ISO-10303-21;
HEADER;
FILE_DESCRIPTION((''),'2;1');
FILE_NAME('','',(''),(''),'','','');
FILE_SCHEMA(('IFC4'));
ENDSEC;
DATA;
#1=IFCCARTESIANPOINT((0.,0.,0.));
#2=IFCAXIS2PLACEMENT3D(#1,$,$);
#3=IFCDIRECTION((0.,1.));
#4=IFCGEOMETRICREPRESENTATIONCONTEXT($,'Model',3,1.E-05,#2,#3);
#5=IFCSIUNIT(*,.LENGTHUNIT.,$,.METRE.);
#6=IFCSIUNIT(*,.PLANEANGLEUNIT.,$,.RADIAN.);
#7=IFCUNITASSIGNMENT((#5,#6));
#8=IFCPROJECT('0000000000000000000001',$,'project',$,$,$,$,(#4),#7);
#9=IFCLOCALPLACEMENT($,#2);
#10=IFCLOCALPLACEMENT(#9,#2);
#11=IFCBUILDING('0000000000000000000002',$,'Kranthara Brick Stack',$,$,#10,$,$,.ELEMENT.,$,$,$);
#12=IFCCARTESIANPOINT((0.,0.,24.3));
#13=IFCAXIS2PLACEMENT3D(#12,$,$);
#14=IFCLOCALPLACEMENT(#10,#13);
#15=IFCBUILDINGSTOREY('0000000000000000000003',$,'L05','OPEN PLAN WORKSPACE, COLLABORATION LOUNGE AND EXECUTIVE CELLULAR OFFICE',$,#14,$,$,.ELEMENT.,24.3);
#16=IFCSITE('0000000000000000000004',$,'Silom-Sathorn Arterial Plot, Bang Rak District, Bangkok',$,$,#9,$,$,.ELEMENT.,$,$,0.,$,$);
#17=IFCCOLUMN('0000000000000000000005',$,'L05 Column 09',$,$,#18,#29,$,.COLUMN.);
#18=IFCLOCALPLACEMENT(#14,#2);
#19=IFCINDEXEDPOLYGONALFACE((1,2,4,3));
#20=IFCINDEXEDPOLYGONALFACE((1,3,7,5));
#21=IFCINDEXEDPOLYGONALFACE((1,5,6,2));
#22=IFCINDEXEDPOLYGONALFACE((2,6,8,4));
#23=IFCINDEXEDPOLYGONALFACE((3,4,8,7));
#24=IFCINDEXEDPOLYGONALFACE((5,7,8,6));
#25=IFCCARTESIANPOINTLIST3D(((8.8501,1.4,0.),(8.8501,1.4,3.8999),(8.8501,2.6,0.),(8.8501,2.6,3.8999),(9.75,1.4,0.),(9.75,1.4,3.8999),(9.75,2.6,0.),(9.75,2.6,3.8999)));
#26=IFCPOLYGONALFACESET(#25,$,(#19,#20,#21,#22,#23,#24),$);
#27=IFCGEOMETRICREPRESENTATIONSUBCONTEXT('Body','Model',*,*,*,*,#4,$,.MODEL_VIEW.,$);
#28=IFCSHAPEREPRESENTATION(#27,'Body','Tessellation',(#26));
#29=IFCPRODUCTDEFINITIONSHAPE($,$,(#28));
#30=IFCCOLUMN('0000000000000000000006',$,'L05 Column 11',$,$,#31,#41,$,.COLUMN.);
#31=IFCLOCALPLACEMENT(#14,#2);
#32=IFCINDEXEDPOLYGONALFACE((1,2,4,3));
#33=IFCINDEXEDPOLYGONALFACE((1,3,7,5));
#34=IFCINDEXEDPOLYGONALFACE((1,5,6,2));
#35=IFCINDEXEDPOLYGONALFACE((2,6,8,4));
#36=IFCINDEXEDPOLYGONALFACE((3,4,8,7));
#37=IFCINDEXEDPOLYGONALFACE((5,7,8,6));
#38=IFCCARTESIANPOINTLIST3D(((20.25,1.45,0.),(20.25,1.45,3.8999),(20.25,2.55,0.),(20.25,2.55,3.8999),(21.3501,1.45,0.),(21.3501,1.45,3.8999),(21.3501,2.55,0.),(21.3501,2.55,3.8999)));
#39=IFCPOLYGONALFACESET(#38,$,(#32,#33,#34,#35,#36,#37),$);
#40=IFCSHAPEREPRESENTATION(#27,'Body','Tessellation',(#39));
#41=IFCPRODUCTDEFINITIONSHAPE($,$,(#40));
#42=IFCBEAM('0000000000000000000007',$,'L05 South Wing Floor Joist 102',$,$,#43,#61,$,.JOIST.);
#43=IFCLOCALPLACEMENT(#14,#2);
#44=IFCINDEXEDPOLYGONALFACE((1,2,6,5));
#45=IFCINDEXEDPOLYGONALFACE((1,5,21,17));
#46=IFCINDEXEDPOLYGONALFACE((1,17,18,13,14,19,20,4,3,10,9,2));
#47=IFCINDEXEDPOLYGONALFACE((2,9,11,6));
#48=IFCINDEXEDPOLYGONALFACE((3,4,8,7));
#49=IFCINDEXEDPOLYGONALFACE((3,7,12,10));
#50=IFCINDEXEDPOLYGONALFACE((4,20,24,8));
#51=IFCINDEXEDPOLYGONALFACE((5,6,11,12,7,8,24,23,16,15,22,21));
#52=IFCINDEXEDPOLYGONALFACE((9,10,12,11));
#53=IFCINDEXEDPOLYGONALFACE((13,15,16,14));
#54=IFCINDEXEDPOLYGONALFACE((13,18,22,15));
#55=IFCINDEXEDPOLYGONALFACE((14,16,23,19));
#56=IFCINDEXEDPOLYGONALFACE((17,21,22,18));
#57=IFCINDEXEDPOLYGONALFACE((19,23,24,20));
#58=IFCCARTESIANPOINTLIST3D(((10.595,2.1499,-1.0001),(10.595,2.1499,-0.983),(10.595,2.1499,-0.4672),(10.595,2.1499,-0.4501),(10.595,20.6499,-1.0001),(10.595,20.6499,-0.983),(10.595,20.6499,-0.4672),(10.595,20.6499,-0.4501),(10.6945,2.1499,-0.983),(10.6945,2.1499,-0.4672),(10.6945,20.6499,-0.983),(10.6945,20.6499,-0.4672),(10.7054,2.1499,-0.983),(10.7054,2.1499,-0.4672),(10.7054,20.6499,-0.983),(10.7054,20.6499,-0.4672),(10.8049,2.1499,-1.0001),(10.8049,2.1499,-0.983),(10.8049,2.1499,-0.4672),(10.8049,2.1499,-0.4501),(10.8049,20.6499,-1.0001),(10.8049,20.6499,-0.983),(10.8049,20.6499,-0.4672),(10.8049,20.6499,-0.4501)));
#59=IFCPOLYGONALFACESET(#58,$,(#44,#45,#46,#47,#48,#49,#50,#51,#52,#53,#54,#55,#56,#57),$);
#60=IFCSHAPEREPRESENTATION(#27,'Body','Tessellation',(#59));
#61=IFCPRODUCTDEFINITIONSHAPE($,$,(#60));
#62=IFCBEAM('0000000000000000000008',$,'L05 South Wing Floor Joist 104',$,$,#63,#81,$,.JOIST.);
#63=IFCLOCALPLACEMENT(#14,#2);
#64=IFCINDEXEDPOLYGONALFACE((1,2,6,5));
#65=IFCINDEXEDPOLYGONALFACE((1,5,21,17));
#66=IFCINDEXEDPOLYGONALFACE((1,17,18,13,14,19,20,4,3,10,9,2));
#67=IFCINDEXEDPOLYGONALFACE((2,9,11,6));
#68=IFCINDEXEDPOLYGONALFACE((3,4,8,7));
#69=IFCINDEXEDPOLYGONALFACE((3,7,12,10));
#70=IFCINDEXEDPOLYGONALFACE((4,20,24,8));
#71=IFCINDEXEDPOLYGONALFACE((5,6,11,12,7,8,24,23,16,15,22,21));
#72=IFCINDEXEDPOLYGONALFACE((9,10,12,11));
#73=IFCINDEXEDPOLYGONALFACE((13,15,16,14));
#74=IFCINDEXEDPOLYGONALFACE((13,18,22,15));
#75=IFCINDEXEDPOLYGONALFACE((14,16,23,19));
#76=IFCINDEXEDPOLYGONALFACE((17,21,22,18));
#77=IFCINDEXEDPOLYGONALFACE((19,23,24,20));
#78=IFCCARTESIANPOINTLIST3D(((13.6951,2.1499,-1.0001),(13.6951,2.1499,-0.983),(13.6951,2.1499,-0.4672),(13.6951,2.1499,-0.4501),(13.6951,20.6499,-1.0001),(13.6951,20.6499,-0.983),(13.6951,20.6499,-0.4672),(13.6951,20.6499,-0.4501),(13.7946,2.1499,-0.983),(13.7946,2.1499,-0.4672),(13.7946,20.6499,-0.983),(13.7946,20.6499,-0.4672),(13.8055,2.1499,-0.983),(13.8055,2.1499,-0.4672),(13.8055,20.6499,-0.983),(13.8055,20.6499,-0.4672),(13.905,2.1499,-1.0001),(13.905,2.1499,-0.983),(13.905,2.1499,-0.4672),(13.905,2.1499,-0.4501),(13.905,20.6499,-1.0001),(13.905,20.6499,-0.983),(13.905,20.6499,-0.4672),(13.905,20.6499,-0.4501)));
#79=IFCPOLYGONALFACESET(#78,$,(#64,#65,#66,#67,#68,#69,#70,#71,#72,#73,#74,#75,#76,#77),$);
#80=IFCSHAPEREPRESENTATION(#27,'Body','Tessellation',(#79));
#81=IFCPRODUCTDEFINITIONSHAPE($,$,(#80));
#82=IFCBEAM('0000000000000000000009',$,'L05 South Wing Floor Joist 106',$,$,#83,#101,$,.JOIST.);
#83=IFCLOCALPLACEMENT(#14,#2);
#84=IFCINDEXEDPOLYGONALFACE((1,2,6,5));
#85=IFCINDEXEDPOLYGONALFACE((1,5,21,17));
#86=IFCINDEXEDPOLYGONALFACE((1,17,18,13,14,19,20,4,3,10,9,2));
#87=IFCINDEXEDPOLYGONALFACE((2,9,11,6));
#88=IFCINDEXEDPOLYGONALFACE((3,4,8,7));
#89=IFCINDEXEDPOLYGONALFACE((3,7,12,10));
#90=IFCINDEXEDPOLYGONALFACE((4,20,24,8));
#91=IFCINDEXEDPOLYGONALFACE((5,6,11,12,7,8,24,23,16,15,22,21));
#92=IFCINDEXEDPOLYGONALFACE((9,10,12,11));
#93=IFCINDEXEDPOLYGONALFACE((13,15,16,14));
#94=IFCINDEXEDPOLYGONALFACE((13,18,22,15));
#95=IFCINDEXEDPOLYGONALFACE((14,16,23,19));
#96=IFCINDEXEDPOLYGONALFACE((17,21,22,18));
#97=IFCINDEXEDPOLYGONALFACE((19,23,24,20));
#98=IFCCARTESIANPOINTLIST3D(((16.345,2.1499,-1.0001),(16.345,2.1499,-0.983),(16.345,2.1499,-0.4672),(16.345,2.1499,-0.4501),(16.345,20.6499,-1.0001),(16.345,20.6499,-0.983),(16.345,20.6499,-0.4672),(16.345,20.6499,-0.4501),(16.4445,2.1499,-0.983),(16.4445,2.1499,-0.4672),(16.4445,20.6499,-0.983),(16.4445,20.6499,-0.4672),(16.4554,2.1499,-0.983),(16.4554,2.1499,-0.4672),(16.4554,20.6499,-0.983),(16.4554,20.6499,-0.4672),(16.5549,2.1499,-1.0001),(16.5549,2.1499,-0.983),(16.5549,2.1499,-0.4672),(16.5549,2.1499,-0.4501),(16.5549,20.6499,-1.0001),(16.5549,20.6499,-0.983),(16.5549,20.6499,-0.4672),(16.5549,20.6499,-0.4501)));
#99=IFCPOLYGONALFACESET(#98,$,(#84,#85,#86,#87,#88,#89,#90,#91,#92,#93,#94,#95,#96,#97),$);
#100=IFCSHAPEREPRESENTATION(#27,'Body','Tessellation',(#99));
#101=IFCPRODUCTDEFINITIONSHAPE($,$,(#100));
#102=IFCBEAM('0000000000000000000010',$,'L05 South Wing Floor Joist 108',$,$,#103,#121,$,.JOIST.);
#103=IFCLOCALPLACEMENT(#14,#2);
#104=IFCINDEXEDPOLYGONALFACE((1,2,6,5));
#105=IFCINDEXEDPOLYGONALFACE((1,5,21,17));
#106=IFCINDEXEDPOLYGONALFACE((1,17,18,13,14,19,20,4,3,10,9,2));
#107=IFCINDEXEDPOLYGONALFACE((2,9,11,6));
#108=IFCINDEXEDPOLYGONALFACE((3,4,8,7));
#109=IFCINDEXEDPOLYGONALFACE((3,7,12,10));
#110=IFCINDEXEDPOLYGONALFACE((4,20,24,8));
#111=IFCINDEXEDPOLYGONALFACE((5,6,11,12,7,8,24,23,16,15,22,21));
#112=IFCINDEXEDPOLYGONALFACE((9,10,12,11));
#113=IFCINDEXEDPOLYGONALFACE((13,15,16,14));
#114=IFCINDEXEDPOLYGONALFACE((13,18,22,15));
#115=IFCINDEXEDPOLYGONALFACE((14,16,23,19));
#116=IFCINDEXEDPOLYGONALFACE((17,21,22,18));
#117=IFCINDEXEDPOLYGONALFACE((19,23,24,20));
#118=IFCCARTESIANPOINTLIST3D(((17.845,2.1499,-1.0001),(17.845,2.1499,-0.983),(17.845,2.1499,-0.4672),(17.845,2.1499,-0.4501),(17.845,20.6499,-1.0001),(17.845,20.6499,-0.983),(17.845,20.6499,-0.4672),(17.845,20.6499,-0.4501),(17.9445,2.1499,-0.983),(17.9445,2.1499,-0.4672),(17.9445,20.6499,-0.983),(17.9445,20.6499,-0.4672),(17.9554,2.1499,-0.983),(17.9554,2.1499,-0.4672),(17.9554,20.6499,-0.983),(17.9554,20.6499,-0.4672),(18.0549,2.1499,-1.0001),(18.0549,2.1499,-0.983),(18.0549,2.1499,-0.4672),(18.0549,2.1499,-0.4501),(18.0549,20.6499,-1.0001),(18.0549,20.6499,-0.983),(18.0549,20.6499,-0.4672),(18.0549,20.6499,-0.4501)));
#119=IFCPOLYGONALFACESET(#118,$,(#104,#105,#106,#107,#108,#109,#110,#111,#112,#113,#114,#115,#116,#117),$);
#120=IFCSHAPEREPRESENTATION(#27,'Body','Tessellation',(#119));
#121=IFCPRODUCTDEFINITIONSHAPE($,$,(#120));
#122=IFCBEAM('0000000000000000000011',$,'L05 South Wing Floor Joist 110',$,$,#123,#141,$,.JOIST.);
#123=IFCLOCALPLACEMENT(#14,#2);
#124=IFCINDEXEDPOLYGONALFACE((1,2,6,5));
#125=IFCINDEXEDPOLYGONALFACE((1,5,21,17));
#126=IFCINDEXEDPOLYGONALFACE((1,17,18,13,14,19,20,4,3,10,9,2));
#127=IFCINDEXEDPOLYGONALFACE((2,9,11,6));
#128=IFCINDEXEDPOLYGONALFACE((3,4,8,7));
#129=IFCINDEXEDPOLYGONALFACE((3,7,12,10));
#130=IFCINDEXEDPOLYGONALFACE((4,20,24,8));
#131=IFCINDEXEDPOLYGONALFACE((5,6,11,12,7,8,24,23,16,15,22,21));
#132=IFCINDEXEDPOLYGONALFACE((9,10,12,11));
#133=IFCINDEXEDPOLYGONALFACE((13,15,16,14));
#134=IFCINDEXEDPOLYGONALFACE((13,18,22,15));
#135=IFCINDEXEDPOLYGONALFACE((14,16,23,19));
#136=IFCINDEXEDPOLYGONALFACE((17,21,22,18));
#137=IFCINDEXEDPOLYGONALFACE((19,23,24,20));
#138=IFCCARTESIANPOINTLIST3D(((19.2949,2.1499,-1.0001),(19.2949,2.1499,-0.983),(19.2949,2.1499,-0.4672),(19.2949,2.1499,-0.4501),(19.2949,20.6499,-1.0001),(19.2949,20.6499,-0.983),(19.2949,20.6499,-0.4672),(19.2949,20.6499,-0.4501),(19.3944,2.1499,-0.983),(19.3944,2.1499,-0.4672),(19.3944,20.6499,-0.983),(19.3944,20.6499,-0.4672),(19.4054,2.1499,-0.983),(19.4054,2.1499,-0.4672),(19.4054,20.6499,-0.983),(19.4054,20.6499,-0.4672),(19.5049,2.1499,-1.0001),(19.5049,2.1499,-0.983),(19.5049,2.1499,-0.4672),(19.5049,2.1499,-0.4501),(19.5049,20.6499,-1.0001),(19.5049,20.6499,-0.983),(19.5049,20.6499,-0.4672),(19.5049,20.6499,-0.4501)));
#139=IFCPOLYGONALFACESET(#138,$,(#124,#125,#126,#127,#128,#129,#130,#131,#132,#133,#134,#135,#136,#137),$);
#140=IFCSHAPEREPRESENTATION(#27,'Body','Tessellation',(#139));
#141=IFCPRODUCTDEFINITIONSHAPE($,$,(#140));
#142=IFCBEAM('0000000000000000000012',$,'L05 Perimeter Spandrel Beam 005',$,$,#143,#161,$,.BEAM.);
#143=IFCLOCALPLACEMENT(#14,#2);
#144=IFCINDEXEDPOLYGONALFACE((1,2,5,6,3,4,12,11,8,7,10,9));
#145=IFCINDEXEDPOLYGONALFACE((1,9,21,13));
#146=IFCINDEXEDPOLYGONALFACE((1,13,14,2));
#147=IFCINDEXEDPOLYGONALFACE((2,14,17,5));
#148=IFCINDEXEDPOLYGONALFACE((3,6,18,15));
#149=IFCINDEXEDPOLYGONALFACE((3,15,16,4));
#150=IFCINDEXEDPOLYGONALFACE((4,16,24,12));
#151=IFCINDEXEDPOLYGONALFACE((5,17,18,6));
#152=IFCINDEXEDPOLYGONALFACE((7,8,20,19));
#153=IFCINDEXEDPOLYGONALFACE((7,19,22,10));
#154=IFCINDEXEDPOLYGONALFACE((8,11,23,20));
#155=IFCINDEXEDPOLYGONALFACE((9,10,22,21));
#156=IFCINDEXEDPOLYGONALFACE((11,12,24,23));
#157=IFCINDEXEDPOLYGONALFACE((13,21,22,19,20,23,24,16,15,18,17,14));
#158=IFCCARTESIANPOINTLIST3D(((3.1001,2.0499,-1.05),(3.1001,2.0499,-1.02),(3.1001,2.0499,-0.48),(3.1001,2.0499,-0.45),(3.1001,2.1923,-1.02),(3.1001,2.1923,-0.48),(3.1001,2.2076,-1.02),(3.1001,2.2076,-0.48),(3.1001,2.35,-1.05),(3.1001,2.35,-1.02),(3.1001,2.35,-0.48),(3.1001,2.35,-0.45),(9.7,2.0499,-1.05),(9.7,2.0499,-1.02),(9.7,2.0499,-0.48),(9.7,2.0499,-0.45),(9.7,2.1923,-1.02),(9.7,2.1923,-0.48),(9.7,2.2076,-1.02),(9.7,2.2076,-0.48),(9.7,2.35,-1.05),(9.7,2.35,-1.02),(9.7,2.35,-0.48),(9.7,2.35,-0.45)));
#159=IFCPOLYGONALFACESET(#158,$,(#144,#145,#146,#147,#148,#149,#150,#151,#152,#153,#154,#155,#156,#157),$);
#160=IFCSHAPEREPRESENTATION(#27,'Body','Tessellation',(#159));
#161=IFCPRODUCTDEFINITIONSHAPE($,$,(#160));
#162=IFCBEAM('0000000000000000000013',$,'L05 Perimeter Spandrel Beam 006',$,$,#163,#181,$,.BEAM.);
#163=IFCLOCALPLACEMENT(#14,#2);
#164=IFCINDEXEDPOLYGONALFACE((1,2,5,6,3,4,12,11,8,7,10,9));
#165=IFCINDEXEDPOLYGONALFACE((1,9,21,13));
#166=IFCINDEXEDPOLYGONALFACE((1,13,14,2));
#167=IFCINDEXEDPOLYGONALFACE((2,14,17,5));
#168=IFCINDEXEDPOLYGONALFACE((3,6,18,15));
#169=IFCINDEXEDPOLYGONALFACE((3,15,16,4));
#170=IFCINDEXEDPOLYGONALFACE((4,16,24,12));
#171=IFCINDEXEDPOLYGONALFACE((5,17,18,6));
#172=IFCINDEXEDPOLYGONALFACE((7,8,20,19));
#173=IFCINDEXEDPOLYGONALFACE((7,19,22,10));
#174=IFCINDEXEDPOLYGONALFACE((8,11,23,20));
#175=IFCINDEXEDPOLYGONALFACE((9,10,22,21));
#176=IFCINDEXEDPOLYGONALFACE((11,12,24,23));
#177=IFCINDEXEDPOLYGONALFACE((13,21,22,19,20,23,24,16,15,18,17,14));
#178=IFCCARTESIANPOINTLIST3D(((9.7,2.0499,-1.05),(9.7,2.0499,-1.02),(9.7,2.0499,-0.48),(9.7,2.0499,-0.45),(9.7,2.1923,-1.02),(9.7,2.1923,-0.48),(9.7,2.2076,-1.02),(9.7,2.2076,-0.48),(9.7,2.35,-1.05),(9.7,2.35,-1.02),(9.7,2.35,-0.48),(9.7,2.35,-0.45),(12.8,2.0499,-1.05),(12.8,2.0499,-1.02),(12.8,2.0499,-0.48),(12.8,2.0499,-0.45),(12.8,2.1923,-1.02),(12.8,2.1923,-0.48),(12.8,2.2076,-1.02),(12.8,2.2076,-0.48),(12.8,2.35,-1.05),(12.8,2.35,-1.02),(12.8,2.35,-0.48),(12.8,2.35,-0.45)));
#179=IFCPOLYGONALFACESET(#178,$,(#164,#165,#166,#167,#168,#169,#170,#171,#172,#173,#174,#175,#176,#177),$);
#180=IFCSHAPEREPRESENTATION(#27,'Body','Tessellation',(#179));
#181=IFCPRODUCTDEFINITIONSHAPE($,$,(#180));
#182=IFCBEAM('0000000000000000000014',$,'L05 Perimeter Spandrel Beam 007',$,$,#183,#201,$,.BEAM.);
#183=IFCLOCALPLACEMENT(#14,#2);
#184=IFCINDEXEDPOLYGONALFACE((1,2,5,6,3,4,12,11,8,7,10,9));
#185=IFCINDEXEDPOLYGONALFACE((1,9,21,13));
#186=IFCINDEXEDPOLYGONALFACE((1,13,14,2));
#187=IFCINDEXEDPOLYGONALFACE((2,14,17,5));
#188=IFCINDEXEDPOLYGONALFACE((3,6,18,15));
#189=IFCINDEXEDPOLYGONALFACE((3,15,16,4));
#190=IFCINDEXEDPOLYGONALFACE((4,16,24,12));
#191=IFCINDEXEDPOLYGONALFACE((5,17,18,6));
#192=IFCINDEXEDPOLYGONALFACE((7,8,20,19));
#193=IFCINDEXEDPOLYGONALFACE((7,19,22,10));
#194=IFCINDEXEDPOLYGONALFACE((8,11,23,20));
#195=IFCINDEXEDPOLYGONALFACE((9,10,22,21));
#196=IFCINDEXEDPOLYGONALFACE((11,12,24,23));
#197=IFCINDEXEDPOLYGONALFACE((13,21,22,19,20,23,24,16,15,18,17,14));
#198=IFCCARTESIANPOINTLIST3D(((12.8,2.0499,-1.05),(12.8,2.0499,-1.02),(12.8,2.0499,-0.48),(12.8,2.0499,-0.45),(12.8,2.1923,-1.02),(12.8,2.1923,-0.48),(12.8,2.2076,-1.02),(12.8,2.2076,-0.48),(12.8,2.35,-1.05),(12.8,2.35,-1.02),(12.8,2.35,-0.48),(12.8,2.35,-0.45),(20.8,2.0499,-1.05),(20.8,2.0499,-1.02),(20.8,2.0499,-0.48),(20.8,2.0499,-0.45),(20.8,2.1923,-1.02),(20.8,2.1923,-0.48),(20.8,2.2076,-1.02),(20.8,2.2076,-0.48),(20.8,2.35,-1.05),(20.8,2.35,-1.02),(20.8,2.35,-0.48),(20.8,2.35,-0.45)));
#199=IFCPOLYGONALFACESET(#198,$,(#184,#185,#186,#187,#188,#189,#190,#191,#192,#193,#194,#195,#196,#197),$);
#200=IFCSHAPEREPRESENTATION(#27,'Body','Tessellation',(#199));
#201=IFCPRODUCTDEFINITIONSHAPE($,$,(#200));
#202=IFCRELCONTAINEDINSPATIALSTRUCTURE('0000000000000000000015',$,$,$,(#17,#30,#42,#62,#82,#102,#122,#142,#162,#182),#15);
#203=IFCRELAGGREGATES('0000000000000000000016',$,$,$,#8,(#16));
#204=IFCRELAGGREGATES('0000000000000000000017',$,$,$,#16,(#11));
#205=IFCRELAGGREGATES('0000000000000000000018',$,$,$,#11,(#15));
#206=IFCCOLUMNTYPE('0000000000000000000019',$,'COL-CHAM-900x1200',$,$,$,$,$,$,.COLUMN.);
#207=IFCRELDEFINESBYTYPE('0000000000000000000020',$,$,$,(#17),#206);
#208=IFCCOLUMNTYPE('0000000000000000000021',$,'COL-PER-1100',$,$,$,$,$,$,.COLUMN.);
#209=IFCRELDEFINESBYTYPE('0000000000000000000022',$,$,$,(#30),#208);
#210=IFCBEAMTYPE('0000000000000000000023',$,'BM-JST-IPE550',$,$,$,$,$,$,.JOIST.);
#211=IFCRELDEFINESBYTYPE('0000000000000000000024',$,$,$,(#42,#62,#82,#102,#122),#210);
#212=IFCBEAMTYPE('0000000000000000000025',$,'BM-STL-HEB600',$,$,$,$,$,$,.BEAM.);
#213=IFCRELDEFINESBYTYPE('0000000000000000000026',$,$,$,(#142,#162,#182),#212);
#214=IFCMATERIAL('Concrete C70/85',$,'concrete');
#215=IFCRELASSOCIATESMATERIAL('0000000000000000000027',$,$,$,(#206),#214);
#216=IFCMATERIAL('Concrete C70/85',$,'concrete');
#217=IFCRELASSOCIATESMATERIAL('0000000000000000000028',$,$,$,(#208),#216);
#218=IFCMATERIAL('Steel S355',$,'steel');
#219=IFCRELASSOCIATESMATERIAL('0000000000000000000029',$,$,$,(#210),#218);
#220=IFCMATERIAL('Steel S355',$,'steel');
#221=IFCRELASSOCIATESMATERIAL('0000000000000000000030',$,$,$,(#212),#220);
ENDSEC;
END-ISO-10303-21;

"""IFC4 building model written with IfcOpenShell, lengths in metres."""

from ifc_helpers import new_model, si_unit, direction, frame, origin, origin_2d, place, context, subcontext, project, spatial, rectangle, i_section, extrude, material, material_profile, profile_set, type_object, element, save


model = new_model("IFC4")

# Units and contexts
model_context = context("Model", 3, precision=1e-05, world=origin(), true_north=direction((0.0, 1.0)))
body_context = subcontext(model_context, "Body", "Model", "MODEL_VIEW")
ifc_project = project(units=[si_unit("LENGTHUNIT", "METRE"), si_unit("PLANEANGLEUNIT", "RADIAN")], contexts=[model_context])

# Site, building, storey
site_placement = place(None, origin())
site = spatial("IfcSite", under=ifc_project, at=site_placement, Name="Silom-Sathorn Arterial Plot, Bang Rak District, Bangkok", CompositionType="ELEMENT", RefElevation=0.0)
building_placement = place(site_placement, origin())
building = spatial("IfcBuilding", under=site, at=building_placement, Name="Kranthara Brick Stack", CompositionType="ELEMENT")
storey_placement = place(building_placement, frame((0.0, 0.0, 24.3)))
storey = spatial("IfcBuildingStorey", under=building, at=storey_placement, Name="L05", Description="OPEN PLAN WORKSPACE, COLLABORATION LOUNGE AND EXECUTIVE CELLULAR OFFICE", CompositionType="ELEMENT", Elevation=24.3)

# Columns
ifc_material_1 = material(Name="Concrete C70/85", Category="concrete")
ifc_material_profile_1 = material_profile(ifc_material_1, rectangle(XDim=0.8999, YDim=1.2, at=origin_2d()), Name="RC 900x1200")
ifc_profile_set_1 = profile_set([ifc_material_profile_1], Name="Concrete C70/85")
column_type_1 = type_object("IfcColumnType", Name="COL-CHAM-900x1200", PredefinedType="COLUMN", material=ifc_profile_set_1)
column_1_placement = place(storey_placement, frame((9.3, 2.0, 0.0), z_axis=(0.0, 0.0, 1.0), x_axis=(1.0, 0.0, 0.0)))
element("IfcColumn", 1, at=column_1_placement, inside=storey, type_object=column_type_1, Name="L05 Column 09", PredefinedType="COLUMN", context=body_context, shape_type="SweptSolid", body=[
    extrude(rectangle(XDim=0.8999, YDim=1.2, at=origin_2d()), origin(), (0.0, 0.0, 1.0), 3.8999),
])
ifc_material_2 = material(Name="Concrete C70/85", Category="concrete")
ifc_material_profile_2 = material_profile(ifc_material_2, rectangle(XDim=1.1001, YDim=1.1001, at=origin_2d()), Name="RC 1100x1100")
ifc_profile_set_2 = profile_set([ifc_material_profile_2], Name="Concrete C70/85")
column_type_2 = type_object("IfcColumnType", Name="COL-PER-1100", PredefinedType="COLUMN", material=ifc_profile_set_2)
column_2_placement = place(storey_placement, frame((20.8, 2.0, 0.0), z_axis=(0.0, 0.0, 1.0), x_axis=(1.0, 0.0, 0.0)))
element("IfcColumn", 2, at=column_2_placement, inside=storey, type_object=column_type_2, Name="L05 Column 11", PredefinedType="COLUMN", context=body_context, shape_type="SweptSolid", body=[
    extrude(rectangle(XDim=1.1001, YDim=1.1001, at=origin_2d()), origin(), (0.0, 0.0, 1.0), 3.8999),
])

# Beams
ifc_material_3 = material(Name="Steel S355", Category="steel")
ifc_material_profile_3 = material_profile(ifc_material_3, i_section(OverallWidth=0.21, OverallDepth=0.55, WebThickness=0.011, FlangeThickness=0.0171, at=origin_2d()), Name="IPE 550")
ifc_profile_set_3 = profile_set([ifc_material_profile_3], Name="Steel S355")
beam_type_1 = type_object("IfcBeamType", Name="BM-JST-IPE550", PredefinedType="JOIST", material=ifc_profile_set_3)
for number, where, z_axis, x_axis, name in (
    (3, (10.7, 2.1499, -0.7251), (0.0, 1.0, 0.0), (-1.0, 0.0, 0.0), "L05 South Wing Floor Joist 102"),
    (4, (13.8, 2.1499, -0.7251), (0.0, 1.0, 0.0), (-1.0, 0.0, 0.0), "L05 South Wing Floor Joist 104"),
    (5, (16.45, 2.1499, -0.7251), (0.0, 1.0, 0.0), (-1.0, 0.0, 0.0), "L05 South Wing Floor Joist 106"),
    (6, (17.95, 2.1499, -0.7251), (0.0, 1.0, 0.0), (-1.0, 0.0, 0.0), "L05 South Wing Floor Joist 108"),
    (7, (19.3999, 2.1499, -0.7251), (0.0, 1.0, 0.0), (-1.0, 0.0, 0.0), "L05 South Wing Floor Joist 110"),
):
    element("IfcBeam", number, at=place(storey_placement, frame(where, z_axis=z_axis, x_axis=x_axis)), inside=storey, type_object=beam_type_1, Name=name, PredefinedType="JOIST", context=body_context, shape_type="SweptSolid", body=[
        extrude(i_section(OverallWidth=0.21, OverallDepth=0.55, WebThickness=0.011, FlangeThickness=0.0171, at=origin_2d()), origin(), (0.0, 0.0, 1.0), 18.5),
    ])
ifc_material_4 = material(Name="Steel S355", Category="steel")
ifc_material_profile_4 = material_profile(ifc_material_4, i_section(OverallWidth=0.3, OverallDepth=0.6001, WebThickness=0.0154, FlangeThickness=0.03, at=origin_2d()), Name="HEB 600")
ifc_profile_set_4 = profile_set([ifc_material_profile_4], Name="Steel S355")
beam_type_2 = type_object("IfcBeamType", Name="BM-STL-HEB600", PredefinedType="BEAM", material=ifc_profile_set_4)
beam_1_placement = place(storey_placement, frame((3.1001, 2.2, -0.75), z_axis=(1.0, 0.0, 0.0), x_axis=(0.0, 1.0, 0.0)))
element("IfcBeam", 8, at=beam_1_placement, inside=storey, type_object=beam_type_2, Name="L05 Perimeter Spandrel Beam 005", PredefinedType="BEAM", context=body_context, shape_type="SweptSolid", body=[
    extrude(i_section(OverallWidth=0.3, OverallDepth=0.6001, WebThickness=0.0154, FlangeThickness=0.03, at=origin_2d()), origin(), (0.0, 0.0, 1.0), 6.5999),
])
beam_2_placement = place(storey_placement, frame((9.7, 2.2, -0.75), z_axis=(1.0, 0.0, 0.0), x_axis=(0.0, 1.0, 0.0)))
element("IfcBeam", 9, at=beam_2_placement, inside=storey, type_object=beam_type_2, Name="L05 Perimeter Spandrel Beam 006", PredefinedType="BEAM", context=body_context, shape_type="SweptSolid", body=[
    extrude(i_section(OverallWidth=0.3, OverallDepth=0.6001, WebThickness=0.0154, FlangeThickness=0.03, at=origin_2d()), origin(), (0.0, 0.0, 1.0), 3.1001),
])
beam_3_placement = place(storey_placement, frame((12.8, 2.2, -0.75), z_axis=(1.0, 0.0, 0.0), x_axis=(0.0, 1.0, 0.0)))
element("IfcBeam", 10, at=beam_3_placement, inside=storey, type_object=beam_type_2, Name="L05 Perimeter Spandrel Beam 007", PredefinedType="BEAM", context=body_context, shape_type="SweptSolid", body=[
    extrude(i_section(OverallWidth=0.3, OverallDepth=0.6001, WebThickness=0.0154, FlangeThickness=0.03, at=origin_2d()), origin(), (0.0, 0.0, 1.0), 8.0),
])

save(model, "model.ifc")
